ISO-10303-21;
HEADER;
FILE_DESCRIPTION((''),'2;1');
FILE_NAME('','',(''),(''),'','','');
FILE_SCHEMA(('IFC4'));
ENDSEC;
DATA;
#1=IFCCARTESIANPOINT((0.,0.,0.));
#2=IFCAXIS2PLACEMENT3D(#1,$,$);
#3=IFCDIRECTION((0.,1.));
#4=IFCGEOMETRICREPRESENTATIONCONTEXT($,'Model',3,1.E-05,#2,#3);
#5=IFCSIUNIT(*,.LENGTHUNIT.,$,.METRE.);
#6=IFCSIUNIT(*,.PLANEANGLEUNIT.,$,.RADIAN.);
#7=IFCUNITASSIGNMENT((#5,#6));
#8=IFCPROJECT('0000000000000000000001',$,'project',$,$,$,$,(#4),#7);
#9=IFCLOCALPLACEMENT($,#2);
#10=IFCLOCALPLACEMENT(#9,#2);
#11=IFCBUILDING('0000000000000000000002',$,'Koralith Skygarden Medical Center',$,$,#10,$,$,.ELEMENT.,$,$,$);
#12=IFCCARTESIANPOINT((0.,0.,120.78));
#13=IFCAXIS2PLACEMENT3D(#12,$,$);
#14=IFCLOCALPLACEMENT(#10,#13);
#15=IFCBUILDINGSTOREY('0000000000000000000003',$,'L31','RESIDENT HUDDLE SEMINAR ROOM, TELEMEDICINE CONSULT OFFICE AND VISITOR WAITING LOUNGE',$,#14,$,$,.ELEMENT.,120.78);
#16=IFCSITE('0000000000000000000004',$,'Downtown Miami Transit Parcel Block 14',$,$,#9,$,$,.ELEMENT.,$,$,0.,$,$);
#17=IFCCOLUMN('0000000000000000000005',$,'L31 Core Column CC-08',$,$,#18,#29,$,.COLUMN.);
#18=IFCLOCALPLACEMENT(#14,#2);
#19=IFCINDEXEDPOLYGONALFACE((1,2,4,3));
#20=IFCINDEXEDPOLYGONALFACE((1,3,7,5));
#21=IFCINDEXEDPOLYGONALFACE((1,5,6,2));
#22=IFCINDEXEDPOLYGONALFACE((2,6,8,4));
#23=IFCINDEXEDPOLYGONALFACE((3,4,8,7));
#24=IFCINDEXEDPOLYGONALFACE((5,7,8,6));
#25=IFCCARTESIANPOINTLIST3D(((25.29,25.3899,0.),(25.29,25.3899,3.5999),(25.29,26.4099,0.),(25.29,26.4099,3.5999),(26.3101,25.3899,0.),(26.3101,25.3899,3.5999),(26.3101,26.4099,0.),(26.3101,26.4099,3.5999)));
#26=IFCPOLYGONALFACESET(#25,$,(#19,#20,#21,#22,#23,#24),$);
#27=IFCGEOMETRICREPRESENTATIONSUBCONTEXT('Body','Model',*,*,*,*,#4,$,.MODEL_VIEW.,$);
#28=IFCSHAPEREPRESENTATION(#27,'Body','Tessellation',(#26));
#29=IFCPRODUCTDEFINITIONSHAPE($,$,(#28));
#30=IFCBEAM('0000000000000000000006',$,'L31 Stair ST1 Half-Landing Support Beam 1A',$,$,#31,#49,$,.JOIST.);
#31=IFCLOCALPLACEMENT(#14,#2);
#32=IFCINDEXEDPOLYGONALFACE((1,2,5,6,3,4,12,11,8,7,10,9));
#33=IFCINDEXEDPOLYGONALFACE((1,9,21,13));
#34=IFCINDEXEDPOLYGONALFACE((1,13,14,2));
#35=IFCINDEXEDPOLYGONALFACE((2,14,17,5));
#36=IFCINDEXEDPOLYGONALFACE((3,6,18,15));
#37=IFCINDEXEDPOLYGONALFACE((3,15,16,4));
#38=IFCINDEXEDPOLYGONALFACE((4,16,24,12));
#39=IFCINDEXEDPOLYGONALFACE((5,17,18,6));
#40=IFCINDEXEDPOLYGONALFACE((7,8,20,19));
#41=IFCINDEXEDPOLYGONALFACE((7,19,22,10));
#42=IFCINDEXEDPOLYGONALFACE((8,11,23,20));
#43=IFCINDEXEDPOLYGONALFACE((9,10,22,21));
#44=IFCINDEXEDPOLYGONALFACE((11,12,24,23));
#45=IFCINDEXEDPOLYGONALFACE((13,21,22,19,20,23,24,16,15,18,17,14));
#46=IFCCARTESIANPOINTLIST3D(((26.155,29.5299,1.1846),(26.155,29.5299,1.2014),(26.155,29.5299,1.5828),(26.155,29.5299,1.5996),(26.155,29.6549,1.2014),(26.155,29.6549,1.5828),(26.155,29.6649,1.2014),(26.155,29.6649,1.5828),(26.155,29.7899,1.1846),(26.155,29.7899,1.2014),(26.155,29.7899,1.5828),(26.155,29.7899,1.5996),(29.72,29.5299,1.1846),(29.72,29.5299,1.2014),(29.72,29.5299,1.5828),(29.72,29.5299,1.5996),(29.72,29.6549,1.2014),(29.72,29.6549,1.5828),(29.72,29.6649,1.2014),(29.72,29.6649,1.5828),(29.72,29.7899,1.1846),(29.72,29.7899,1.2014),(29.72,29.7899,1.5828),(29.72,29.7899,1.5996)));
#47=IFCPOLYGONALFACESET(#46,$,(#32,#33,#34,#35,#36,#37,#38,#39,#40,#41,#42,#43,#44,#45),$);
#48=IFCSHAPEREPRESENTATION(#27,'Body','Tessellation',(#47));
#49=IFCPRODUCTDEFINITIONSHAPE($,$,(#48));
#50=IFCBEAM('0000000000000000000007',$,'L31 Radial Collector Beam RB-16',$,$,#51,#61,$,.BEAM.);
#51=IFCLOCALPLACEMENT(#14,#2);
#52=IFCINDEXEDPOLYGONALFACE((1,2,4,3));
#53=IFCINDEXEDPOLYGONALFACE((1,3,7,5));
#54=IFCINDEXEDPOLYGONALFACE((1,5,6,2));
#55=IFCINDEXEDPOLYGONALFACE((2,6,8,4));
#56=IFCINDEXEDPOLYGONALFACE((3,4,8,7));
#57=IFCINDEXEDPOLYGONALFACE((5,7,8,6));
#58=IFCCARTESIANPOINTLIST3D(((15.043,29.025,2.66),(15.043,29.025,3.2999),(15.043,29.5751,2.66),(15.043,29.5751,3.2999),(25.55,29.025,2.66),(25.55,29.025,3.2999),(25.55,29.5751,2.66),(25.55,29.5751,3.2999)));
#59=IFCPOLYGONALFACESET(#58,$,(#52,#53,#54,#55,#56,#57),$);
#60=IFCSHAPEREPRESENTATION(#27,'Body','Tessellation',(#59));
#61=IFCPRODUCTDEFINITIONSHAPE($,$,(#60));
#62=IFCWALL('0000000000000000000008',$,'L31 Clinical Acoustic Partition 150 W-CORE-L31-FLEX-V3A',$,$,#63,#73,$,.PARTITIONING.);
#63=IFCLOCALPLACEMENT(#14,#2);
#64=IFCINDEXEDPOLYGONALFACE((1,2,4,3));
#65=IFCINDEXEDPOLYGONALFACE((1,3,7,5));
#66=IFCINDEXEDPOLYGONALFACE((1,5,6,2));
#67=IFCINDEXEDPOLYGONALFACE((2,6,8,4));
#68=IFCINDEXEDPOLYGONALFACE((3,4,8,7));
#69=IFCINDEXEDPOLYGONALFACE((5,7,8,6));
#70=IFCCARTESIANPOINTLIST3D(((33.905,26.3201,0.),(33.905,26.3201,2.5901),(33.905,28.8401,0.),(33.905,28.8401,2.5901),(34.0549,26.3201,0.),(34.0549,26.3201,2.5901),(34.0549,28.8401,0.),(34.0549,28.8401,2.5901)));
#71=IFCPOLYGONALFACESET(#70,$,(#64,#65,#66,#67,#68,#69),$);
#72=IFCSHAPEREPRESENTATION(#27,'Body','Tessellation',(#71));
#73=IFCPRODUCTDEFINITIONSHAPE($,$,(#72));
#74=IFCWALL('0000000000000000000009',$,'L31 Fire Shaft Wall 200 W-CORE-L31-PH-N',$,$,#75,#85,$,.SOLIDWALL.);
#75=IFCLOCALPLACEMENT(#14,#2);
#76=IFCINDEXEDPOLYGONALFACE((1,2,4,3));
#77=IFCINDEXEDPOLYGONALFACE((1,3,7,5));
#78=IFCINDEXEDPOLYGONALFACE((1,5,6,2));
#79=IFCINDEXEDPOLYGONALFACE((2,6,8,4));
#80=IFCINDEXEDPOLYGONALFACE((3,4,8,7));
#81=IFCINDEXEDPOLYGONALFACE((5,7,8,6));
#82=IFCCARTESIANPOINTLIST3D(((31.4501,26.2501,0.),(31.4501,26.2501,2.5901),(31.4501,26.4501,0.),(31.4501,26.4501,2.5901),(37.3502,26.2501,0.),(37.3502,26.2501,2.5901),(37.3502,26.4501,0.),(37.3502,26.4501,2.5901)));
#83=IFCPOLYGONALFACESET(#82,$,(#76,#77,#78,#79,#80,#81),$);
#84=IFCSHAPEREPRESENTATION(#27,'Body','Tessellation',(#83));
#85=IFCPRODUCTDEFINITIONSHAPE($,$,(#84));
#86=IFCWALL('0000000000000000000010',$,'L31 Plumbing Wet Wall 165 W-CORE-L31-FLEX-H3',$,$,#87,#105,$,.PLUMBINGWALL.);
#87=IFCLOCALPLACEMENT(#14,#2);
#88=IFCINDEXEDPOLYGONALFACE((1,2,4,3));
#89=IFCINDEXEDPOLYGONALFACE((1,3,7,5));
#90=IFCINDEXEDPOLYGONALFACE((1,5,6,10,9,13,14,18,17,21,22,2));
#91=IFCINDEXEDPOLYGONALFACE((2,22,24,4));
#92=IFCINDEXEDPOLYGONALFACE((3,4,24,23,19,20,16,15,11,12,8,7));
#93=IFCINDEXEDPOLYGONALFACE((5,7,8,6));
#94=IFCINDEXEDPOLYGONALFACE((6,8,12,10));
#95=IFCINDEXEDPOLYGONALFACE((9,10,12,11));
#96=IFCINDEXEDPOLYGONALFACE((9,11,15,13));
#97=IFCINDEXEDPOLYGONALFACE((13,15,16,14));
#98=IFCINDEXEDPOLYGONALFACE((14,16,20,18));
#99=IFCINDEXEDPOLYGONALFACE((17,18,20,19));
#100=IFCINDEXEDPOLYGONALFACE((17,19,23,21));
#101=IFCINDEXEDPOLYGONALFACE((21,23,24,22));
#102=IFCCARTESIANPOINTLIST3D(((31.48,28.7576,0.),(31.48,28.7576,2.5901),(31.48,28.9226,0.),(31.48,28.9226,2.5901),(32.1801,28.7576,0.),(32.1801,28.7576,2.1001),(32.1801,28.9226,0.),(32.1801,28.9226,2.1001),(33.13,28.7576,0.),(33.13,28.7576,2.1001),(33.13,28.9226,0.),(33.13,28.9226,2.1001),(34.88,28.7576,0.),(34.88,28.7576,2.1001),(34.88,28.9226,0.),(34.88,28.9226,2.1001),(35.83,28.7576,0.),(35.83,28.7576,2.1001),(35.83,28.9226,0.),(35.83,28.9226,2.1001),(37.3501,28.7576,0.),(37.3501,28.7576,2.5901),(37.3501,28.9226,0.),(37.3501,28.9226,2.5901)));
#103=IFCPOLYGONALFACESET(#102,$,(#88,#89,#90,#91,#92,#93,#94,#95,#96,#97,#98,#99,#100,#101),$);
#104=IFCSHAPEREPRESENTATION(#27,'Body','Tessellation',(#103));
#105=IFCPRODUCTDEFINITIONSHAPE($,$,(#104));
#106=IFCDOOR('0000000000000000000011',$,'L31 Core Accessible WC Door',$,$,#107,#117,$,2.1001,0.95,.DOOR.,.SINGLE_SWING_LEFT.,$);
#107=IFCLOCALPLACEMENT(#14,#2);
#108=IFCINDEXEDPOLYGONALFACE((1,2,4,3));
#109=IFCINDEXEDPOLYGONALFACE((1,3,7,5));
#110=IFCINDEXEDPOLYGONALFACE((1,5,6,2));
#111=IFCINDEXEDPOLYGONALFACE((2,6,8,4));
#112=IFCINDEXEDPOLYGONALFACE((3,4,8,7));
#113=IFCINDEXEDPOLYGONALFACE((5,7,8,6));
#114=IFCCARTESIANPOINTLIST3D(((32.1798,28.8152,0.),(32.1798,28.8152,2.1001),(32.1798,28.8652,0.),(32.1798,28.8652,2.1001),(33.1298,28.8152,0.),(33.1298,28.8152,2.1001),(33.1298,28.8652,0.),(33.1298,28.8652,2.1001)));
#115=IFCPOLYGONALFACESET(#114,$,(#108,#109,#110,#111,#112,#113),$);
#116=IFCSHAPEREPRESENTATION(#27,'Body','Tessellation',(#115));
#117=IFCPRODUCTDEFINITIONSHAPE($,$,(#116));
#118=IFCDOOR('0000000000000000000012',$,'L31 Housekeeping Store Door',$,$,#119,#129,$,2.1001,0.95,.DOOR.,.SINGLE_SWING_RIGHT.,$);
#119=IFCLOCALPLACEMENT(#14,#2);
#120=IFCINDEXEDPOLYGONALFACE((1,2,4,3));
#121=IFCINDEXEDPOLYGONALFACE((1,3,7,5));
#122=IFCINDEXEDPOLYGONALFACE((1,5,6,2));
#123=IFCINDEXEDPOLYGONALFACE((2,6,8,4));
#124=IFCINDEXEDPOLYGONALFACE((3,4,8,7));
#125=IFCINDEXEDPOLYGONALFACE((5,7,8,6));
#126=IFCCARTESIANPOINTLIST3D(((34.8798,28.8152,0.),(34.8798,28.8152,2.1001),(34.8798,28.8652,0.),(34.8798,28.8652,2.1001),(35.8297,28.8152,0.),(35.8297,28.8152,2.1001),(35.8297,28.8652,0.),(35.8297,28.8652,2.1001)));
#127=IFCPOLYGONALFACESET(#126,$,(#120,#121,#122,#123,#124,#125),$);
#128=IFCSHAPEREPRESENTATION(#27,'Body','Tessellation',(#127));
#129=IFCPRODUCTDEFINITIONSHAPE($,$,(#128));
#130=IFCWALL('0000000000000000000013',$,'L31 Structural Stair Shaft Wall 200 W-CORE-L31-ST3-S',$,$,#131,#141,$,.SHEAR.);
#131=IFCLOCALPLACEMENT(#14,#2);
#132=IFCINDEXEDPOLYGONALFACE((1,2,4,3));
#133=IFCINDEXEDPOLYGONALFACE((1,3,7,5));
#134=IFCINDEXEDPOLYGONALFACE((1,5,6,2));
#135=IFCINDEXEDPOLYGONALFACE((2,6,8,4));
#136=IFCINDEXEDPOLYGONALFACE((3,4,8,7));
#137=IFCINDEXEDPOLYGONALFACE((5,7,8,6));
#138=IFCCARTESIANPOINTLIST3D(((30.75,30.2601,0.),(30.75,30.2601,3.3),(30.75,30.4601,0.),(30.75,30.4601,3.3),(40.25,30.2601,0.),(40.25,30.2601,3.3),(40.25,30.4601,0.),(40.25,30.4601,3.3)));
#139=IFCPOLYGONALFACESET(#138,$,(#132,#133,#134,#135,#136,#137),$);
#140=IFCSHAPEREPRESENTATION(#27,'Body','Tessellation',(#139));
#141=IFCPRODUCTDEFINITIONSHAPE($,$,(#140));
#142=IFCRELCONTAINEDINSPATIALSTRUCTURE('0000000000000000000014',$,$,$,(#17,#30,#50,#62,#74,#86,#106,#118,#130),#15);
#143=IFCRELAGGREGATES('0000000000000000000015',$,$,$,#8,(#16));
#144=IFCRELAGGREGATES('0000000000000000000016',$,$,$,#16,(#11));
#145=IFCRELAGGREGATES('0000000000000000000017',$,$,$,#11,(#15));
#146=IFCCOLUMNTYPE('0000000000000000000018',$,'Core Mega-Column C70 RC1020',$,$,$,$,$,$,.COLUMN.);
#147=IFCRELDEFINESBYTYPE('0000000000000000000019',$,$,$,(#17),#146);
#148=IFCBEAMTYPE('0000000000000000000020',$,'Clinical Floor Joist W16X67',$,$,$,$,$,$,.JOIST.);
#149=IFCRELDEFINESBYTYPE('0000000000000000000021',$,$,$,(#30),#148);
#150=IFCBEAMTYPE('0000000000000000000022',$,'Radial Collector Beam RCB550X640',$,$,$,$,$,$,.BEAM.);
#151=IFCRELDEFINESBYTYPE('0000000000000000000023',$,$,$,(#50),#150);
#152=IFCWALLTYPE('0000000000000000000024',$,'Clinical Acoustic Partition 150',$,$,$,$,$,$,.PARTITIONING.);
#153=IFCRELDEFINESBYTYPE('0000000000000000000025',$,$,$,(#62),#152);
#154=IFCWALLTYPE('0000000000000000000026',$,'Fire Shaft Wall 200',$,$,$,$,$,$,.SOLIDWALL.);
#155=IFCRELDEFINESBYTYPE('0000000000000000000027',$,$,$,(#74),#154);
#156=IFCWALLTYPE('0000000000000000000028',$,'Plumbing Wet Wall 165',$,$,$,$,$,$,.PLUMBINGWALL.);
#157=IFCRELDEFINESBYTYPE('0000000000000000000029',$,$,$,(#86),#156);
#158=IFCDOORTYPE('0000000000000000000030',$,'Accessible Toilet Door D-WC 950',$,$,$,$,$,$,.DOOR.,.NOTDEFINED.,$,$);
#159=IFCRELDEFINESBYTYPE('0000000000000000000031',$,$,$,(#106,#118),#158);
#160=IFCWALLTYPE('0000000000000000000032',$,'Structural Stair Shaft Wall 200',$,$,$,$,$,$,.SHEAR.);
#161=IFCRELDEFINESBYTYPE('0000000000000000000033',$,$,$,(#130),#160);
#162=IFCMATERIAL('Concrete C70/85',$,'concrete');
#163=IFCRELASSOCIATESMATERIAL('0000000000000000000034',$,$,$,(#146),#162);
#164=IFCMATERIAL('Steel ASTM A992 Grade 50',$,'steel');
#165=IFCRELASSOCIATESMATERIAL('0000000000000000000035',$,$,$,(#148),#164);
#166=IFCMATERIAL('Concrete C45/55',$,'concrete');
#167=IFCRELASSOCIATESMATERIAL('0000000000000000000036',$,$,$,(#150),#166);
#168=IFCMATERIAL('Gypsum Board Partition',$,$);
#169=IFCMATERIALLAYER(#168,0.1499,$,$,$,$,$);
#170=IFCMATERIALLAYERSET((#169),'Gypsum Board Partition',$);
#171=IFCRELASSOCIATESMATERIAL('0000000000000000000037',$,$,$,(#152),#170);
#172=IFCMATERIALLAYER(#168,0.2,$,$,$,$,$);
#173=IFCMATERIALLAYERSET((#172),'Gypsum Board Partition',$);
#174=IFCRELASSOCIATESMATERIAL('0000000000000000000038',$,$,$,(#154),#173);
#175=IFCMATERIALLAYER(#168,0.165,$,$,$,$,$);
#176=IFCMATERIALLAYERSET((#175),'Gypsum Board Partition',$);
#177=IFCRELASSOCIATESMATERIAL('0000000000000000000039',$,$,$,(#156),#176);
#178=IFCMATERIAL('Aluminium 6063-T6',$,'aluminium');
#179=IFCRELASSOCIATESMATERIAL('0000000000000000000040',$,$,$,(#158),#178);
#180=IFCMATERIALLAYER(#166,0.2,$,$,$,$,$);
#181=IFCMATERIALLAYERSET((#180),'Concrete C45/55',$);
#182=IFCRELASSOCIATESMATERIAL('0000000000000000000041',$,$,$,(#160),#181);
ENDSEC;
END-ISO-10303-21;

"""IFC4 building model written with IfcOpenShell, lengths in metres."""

from ifc_helpers import new_model, si_unit, direction, frame, frame_2d, origin, origin_2d, place, context, subcontext, project, spatial, rectangle, i_section, extrude, material, layer, layer_set, material_profile, profile_set, type_object, element, fill, save


model = new_model("IFC4")

# Units and contexts
model_context = context("Model", 3, precision=1e-05, world=origin(), true_north=direction((0.0, 1.0)))
body_context = subcontext(model_context, "Body", "Model", "MODEL_VIEW")
ifc_project = project(units=[si_unit("LENGTHUNIT", "METRE"), si_unit("PLANEANGLEUNIT", "RADIAN")], contexts=[model_context])

# Site, building, storey
site_placement = place(None, origin())
site = spatial("IfcSite", under=ifc_project, at=site_placement, Name="Downtown Miami Transit Parcel Block 14", CompositionType="ELEMENT", RefElevation=0.0)
building_placement = place(site_placement, origin())
building = spatial("IfcBuilding", under=site, at=building_placement, Name="Koralith Skygarden Medical Center", CompositionType="ELEMENT")
storey_placement = place(building_placement, frame((0.0, 0.0, 120.78)))
storey = spatial("IfcBuildingStorey", under=building, at=storey_placement, Name="L31", Description="RESIDENT HUDDLE SEMINAR ROOM, TELEMEDICINE CONSULT OFFICE AND VISITOR WAITING LOUNGE", CompositionType="ELEMENT", Elevation=120.78)

# Column
ifc_material_1 = material(Name="Concrete C70/85", Category="concrete")
ifc_material_profile_1 = material_profile(ifc_material_1, rectangle(XDim=1.02, YDim=1.02, at=origin_2d()), Name="RC1020X1020")
ifc_profile_set_1 = profile_set([ifc_material_profile_1], Name="Concrete C70/85")
column_type = type_object("IfcColumnType", Name="Core Mega-Column C70 RC1020", PredefinedType="COLUMN", material=ifc_profile_set_1)
column_placement = place(storey_placement, frame((25.8, 25.8999, 0.0), z_axis=(0.0, 0.0, 1.0), x_axis=(1.0, 0.0, 0.0)))
element("IfcColumn", 1, at=column_placement, inside=storey, type_object=column_type, Name="L31 Core Column CC-08", PredefinedType="COLUMN", context=body_context, shape_type="SweptSolid", body=[
    extrude(rectangle(XDim=1.02, YDim=1.02, at=origin_2d()), origin(), (0.0, 0.0, 1.0), 3.5999),
])

# Beams
ifc_material_2 = material(Name="Steel ASTM A992 Grade 50", Category="steel")
ifc_material_profile_2 = material_profile(ifc_material_2, i_section(OverallWidth=0.26, OverallDepth=0.415, WebThickness=0.01, FlangeThickness=0.0168, at=origin_2d()), Name="W16X67")
ifc_profile_set_2 = profile_set([ifc_material_profile_2], Name="Steel ASTM A992 Grade 50")
beam_type_1 = type_object("IfcBeamType", Name="Clinical Floor Joist W16X67", PredefinedType="JOIST", material=ifc_profile_set_2)
beam_1_placement = place(storey_placement, frame((26.155, 29.6599, 1.3921), z_axis=(1.0, 0.0, 0.0), x_axis=(0.0, 1.0, 0.0)))
element("IfcBeam", 2, at=beam_1_placement, inside=storey, type_object=beam_type_1, Name="L31 Stair ST1 Half-Landing Support Beam 1A", PredefinedType="JOIST", context=body_context, shape_type="SweptSolid", body=[
    extrude(i_section(OverallWidth=0.26, OverallDepth=0.415, WebThickness=0.01, FlangeThickness=0.0168, at=origin_2d()), origin(), (0.0, 0.0, 1.0), 3.5649),
])
ifc_material_3 = material(Name="Concrete C45/55", Category="concrete")
ifc_material_profile_3 = material_profile(ifc_material_3, rectangle(XDim=0.55, YDim=0.6399, at=origin_2d()), Name="RCB550X640")
ifc_profile_set_3 = profile_set([ifc_material_profile_3], Name="Concrete C45/55")
beam_type_2 = type_object("IfcBeamType", Name="Radial Collector Beam RCB550X640", PredefinedType="BEAM", material=ifc_profile_set_3)
beam_2_placement = place(storey_placement, frame((25.55, 29.3, 2.98), z_axis=(-1.0, 0.0, 0.0), x_axis=(0.0, -1.0, 0.0)))
element("IfcBeam", 3, at=beam_2_placement, inside=storey, type_object=beam_type_2, Name="L31 Radial Collector Beam RB-16", PredefinedType="BEAM", context=body_context, shape_type="SweptSolid", body=[
    extrude(rectangle(XDim=0.55, YDim=0.6399, at=origin_2d()), origin(), (0.0, 0.0, 1.0), 10.5071),
])

# Walls
ifc_material_4 = material(Name="Gypsum Board Partition")
ifc_layer_1 = layer(ifc_material_4, 0.1499)
ifc_layer_set_1 = layer_set([ifc_layer_1], Name="Gypsum Board Partition")
wall_type_1 = type_object("IfcWallType", Name="Clinical Acoustic Partition 150", PredefinedType="PARTITIONING", material=ifc_layer_set_1)
wall_1_placement = place(storey_placement, frame((33.98, 26.3201, 0.0), z_axis=(0.0, 0.0, 1.0), x_axis=(0.0, 1.0, 0.0)))
element("IfcWall", 4, at=wall_1_placement, inside=storey, type_object=wall_type_1, Name="L31 Clinical Acoustic Partition 150 W-CORE-L31-FLEX-V3A", PredefinedType="PARTITIONING", context=body_context, shape_type="SweptSolid", body=[
    extrude(rectangle(XDim=2.52, YDim=0.1499, at=frame_2d((1.26, 0.0))), origin(), (0.0, 0.0, 1.0), 2.5901),
])
ifc_layer_2 = layer(ifc_material_4, 0.2)
ifc_layer_set_2 = layer_set([ifc_layer_2], Name="Gypsum Board Partition")
wall_type_2 = type_object("IfcWallType", Name="Fire Shaft Wall 200", PredefinedType="SOLIDWALL", material=ifc_layer_set_2)
wall_2_placement = place(storey_placement, frame((31.45, 26.3501, 0.0), z_axis=(0.0, 0.0, 1.0), x_axis=(1.0, 0.0, 0.0)))
element("IfcWall", 5, at=wall_2_placement, inside=storey, type_object=wall_type_2, Name="L31 Fire Shaft Wall 200 W-CORE-L31-PH-N", PredefinedType="SOLIDWALL", context=body_context, shape_type="SweptSolid", body=[
    extrude(rectangle(XDim=5.9001, YDim=0.2, at=frame_2d((2.9502, 0.0))), origin(), (0.0, 0.0, 1.0), 2.5901),
])

# Shared definitions
ifc_layer_3 = layer(ifc_material_4, 0.165)
ifc_layer_set_3 = layer_set([ifc_layer_3], Name="Gypsum Board Partition")
wall_type_3 = type_object("IfcWallType", Name="Plumbing Wet Wall 165", PredefinedType="PLUMBINGWALL", material=ifc_layer_set_3)
ifc_material_5 = material(Name="Aluminium 6063-T6", Category="aluminium")

# Wall, openings, doors
wall_3_placement = place(storey_placement, frame((31.48, 28.8401, 0.0), z_axis=(0.0, 0.0, 1.0), x_axis=(1.0, 0.0, 0.0)))
wall_3 = element("IfcWall", 6, at=wall_3_placement, inside=storey, type_object=wall_type_3, Name="L31 Plumbing Wet Wall 165 W-CORE-L31-FLEX-H3", PredefinedType="PLUMBINGWALL", context=body_context, shape_type="SweptSolid", body=[
    extrude(rectangle(XDim=5.8701, YDim=0.165, at=frame_2d((2.9351, 0.0))), origin(), (0.0, 0.0, 1.0), 2.5901),
])
opening_1_placement = place(wall_3_placement, frame((0.7, 0.0, 0.0)))
opening_1 = element("IfcOpeningElement", 7, at=opening_1_placement, cuts=wall_3, PredefinedType="OPENING", context=body_context, shape_type="SweptSolid", body=[
    extrude(rectangle(XDim=0.95, YDim=2.1001, at=frame_2d((0.4751, 1.05))), frame((0.0, 0.0925, 0.0), z_axis=(0.0, -1.0, 0.0), x_axis=(1.0, 0.0, 0.0)), (0.0, 0.0, 1.0), 0.1851),
])
opening_2_placement = place(wall_3_placement, frame((3.3999, 0.0, 0.0)))
opening_2 = element("IfcOpeningElement", 8, at=opening_2_placement, cuts=wall_3, PredefinedType="OPENING", context=body_context, shape_type="SweptSolid", body=[
    extrude(rectangle(XDim=0.95, YDim=2.1001, at=frame_2d((0.4751, 1.05))), frame((0.0, 0.0925, 0.0), z_axis=(0.0, -1.0, 0.0), x_axis=(1.0, 0.0, 0.0)), (0.0, 0.0, 1.0), 0.1851),
])
door_type_1 = type_object("IfcDoorType", Name="Accessible Toilet Door D-WC 950", OperationType="NOTDEFINED", PredefinedType="DOOR", material=ifc_material_5)
door_1_placement = place(opening_1_placement, frame((0.95, 0.0, 0.0), z_axis=(0.0, 0.0, 1.0), x_axis=(-1.0, 0.0, 0.0)))
door_1 = element("IfcDoor", 9, at=door_1_placement, inside=storey, type_object=door_type_1, Name="L31 Core Accessible WC Door", OperationType="SINGLE_SWING_LEFT", OverallHeight=2.1001, OverallWidth=0.95, PredefinedType="DOOR", context=body_context, shape_type="SweptSolid", body=[
    extrude(rectangle(XDim=0.95, YDim=2.1001, at=frame_2d((0.4751, 1.05))), frame((0.0, 0.0249, 0.0), z_axis=(0.0, -1.0, 0.0), x_axis=(1.0, 0.0, 0.0)), (0.0, 0.0, 1.0), 0.05),
])
fill(opening_1, door_1)
door_2_placement = place(opening_2_placement, frame((0.95, 0.0, 0.0), z_axis=(0.0, 0.0, 1.0), x_axis=(-1.0, 0.0, 0.0)))
door_2 = element("IfcDoor", 10, at=door_2_placement, inside=storey, type_object=door_type_1, Name="L31 Housekeeping Store Door", OperationType="SINGLE_SWING_RIGHT", OverallHeight=2.1001, OverallWidth=0.95, PredefinedType="DOOR", context=body_context, shape_type="SweptSolid", body=[
    extrude(rectangle(XDim=0.95, YDim=2.1001, at=frame_2d((0.4751, 1.05))), frame((0.0, 0.0249, 0.0), z_axis=(0.0, -1.0, 0.0), x_axis=(1.0, 0.0, 0.0)), (0.0, 0.0, 1.0), 0.05),
])
fill(opening_2, door_2)

# Wall
ifc_layer_4 = layer(ifc_material_3, 0.2)
ifc_layer_set_4 = layer_set([ifc_layer_4], Name="Concrete C45/55")
wall_type_4 = type_object("IfcWallType", Name="Structural Stair Shaft Wall 200", PredefinedType="SHEAR", material=ifc_layer_set_4)
wall_4_placement = place(storey_placement, frame((30.75, 30.3601, 0.0), z_axis=(0.0, 0.0, 1.0), x_axis=(1.0, 0.0, 0.0)))
element("IfcWall", 11, at=wall_4_placement, inside=storey, type_object=wall_type_4, Name="L31 Structural Stair Shaft Wall 200 W-CORE-L31-ST3-S", PredefinedType="SHEAR", context=body_context, shape_type="SweptSolid", body=[
    extrude(rectangle(XDim=9.5, YDim=0.2, at=frame_2d((4.75, 0.0))), origin(), (0.0, 0.0, 1.0), 3.3),
])

save(model, "model.ifc")
